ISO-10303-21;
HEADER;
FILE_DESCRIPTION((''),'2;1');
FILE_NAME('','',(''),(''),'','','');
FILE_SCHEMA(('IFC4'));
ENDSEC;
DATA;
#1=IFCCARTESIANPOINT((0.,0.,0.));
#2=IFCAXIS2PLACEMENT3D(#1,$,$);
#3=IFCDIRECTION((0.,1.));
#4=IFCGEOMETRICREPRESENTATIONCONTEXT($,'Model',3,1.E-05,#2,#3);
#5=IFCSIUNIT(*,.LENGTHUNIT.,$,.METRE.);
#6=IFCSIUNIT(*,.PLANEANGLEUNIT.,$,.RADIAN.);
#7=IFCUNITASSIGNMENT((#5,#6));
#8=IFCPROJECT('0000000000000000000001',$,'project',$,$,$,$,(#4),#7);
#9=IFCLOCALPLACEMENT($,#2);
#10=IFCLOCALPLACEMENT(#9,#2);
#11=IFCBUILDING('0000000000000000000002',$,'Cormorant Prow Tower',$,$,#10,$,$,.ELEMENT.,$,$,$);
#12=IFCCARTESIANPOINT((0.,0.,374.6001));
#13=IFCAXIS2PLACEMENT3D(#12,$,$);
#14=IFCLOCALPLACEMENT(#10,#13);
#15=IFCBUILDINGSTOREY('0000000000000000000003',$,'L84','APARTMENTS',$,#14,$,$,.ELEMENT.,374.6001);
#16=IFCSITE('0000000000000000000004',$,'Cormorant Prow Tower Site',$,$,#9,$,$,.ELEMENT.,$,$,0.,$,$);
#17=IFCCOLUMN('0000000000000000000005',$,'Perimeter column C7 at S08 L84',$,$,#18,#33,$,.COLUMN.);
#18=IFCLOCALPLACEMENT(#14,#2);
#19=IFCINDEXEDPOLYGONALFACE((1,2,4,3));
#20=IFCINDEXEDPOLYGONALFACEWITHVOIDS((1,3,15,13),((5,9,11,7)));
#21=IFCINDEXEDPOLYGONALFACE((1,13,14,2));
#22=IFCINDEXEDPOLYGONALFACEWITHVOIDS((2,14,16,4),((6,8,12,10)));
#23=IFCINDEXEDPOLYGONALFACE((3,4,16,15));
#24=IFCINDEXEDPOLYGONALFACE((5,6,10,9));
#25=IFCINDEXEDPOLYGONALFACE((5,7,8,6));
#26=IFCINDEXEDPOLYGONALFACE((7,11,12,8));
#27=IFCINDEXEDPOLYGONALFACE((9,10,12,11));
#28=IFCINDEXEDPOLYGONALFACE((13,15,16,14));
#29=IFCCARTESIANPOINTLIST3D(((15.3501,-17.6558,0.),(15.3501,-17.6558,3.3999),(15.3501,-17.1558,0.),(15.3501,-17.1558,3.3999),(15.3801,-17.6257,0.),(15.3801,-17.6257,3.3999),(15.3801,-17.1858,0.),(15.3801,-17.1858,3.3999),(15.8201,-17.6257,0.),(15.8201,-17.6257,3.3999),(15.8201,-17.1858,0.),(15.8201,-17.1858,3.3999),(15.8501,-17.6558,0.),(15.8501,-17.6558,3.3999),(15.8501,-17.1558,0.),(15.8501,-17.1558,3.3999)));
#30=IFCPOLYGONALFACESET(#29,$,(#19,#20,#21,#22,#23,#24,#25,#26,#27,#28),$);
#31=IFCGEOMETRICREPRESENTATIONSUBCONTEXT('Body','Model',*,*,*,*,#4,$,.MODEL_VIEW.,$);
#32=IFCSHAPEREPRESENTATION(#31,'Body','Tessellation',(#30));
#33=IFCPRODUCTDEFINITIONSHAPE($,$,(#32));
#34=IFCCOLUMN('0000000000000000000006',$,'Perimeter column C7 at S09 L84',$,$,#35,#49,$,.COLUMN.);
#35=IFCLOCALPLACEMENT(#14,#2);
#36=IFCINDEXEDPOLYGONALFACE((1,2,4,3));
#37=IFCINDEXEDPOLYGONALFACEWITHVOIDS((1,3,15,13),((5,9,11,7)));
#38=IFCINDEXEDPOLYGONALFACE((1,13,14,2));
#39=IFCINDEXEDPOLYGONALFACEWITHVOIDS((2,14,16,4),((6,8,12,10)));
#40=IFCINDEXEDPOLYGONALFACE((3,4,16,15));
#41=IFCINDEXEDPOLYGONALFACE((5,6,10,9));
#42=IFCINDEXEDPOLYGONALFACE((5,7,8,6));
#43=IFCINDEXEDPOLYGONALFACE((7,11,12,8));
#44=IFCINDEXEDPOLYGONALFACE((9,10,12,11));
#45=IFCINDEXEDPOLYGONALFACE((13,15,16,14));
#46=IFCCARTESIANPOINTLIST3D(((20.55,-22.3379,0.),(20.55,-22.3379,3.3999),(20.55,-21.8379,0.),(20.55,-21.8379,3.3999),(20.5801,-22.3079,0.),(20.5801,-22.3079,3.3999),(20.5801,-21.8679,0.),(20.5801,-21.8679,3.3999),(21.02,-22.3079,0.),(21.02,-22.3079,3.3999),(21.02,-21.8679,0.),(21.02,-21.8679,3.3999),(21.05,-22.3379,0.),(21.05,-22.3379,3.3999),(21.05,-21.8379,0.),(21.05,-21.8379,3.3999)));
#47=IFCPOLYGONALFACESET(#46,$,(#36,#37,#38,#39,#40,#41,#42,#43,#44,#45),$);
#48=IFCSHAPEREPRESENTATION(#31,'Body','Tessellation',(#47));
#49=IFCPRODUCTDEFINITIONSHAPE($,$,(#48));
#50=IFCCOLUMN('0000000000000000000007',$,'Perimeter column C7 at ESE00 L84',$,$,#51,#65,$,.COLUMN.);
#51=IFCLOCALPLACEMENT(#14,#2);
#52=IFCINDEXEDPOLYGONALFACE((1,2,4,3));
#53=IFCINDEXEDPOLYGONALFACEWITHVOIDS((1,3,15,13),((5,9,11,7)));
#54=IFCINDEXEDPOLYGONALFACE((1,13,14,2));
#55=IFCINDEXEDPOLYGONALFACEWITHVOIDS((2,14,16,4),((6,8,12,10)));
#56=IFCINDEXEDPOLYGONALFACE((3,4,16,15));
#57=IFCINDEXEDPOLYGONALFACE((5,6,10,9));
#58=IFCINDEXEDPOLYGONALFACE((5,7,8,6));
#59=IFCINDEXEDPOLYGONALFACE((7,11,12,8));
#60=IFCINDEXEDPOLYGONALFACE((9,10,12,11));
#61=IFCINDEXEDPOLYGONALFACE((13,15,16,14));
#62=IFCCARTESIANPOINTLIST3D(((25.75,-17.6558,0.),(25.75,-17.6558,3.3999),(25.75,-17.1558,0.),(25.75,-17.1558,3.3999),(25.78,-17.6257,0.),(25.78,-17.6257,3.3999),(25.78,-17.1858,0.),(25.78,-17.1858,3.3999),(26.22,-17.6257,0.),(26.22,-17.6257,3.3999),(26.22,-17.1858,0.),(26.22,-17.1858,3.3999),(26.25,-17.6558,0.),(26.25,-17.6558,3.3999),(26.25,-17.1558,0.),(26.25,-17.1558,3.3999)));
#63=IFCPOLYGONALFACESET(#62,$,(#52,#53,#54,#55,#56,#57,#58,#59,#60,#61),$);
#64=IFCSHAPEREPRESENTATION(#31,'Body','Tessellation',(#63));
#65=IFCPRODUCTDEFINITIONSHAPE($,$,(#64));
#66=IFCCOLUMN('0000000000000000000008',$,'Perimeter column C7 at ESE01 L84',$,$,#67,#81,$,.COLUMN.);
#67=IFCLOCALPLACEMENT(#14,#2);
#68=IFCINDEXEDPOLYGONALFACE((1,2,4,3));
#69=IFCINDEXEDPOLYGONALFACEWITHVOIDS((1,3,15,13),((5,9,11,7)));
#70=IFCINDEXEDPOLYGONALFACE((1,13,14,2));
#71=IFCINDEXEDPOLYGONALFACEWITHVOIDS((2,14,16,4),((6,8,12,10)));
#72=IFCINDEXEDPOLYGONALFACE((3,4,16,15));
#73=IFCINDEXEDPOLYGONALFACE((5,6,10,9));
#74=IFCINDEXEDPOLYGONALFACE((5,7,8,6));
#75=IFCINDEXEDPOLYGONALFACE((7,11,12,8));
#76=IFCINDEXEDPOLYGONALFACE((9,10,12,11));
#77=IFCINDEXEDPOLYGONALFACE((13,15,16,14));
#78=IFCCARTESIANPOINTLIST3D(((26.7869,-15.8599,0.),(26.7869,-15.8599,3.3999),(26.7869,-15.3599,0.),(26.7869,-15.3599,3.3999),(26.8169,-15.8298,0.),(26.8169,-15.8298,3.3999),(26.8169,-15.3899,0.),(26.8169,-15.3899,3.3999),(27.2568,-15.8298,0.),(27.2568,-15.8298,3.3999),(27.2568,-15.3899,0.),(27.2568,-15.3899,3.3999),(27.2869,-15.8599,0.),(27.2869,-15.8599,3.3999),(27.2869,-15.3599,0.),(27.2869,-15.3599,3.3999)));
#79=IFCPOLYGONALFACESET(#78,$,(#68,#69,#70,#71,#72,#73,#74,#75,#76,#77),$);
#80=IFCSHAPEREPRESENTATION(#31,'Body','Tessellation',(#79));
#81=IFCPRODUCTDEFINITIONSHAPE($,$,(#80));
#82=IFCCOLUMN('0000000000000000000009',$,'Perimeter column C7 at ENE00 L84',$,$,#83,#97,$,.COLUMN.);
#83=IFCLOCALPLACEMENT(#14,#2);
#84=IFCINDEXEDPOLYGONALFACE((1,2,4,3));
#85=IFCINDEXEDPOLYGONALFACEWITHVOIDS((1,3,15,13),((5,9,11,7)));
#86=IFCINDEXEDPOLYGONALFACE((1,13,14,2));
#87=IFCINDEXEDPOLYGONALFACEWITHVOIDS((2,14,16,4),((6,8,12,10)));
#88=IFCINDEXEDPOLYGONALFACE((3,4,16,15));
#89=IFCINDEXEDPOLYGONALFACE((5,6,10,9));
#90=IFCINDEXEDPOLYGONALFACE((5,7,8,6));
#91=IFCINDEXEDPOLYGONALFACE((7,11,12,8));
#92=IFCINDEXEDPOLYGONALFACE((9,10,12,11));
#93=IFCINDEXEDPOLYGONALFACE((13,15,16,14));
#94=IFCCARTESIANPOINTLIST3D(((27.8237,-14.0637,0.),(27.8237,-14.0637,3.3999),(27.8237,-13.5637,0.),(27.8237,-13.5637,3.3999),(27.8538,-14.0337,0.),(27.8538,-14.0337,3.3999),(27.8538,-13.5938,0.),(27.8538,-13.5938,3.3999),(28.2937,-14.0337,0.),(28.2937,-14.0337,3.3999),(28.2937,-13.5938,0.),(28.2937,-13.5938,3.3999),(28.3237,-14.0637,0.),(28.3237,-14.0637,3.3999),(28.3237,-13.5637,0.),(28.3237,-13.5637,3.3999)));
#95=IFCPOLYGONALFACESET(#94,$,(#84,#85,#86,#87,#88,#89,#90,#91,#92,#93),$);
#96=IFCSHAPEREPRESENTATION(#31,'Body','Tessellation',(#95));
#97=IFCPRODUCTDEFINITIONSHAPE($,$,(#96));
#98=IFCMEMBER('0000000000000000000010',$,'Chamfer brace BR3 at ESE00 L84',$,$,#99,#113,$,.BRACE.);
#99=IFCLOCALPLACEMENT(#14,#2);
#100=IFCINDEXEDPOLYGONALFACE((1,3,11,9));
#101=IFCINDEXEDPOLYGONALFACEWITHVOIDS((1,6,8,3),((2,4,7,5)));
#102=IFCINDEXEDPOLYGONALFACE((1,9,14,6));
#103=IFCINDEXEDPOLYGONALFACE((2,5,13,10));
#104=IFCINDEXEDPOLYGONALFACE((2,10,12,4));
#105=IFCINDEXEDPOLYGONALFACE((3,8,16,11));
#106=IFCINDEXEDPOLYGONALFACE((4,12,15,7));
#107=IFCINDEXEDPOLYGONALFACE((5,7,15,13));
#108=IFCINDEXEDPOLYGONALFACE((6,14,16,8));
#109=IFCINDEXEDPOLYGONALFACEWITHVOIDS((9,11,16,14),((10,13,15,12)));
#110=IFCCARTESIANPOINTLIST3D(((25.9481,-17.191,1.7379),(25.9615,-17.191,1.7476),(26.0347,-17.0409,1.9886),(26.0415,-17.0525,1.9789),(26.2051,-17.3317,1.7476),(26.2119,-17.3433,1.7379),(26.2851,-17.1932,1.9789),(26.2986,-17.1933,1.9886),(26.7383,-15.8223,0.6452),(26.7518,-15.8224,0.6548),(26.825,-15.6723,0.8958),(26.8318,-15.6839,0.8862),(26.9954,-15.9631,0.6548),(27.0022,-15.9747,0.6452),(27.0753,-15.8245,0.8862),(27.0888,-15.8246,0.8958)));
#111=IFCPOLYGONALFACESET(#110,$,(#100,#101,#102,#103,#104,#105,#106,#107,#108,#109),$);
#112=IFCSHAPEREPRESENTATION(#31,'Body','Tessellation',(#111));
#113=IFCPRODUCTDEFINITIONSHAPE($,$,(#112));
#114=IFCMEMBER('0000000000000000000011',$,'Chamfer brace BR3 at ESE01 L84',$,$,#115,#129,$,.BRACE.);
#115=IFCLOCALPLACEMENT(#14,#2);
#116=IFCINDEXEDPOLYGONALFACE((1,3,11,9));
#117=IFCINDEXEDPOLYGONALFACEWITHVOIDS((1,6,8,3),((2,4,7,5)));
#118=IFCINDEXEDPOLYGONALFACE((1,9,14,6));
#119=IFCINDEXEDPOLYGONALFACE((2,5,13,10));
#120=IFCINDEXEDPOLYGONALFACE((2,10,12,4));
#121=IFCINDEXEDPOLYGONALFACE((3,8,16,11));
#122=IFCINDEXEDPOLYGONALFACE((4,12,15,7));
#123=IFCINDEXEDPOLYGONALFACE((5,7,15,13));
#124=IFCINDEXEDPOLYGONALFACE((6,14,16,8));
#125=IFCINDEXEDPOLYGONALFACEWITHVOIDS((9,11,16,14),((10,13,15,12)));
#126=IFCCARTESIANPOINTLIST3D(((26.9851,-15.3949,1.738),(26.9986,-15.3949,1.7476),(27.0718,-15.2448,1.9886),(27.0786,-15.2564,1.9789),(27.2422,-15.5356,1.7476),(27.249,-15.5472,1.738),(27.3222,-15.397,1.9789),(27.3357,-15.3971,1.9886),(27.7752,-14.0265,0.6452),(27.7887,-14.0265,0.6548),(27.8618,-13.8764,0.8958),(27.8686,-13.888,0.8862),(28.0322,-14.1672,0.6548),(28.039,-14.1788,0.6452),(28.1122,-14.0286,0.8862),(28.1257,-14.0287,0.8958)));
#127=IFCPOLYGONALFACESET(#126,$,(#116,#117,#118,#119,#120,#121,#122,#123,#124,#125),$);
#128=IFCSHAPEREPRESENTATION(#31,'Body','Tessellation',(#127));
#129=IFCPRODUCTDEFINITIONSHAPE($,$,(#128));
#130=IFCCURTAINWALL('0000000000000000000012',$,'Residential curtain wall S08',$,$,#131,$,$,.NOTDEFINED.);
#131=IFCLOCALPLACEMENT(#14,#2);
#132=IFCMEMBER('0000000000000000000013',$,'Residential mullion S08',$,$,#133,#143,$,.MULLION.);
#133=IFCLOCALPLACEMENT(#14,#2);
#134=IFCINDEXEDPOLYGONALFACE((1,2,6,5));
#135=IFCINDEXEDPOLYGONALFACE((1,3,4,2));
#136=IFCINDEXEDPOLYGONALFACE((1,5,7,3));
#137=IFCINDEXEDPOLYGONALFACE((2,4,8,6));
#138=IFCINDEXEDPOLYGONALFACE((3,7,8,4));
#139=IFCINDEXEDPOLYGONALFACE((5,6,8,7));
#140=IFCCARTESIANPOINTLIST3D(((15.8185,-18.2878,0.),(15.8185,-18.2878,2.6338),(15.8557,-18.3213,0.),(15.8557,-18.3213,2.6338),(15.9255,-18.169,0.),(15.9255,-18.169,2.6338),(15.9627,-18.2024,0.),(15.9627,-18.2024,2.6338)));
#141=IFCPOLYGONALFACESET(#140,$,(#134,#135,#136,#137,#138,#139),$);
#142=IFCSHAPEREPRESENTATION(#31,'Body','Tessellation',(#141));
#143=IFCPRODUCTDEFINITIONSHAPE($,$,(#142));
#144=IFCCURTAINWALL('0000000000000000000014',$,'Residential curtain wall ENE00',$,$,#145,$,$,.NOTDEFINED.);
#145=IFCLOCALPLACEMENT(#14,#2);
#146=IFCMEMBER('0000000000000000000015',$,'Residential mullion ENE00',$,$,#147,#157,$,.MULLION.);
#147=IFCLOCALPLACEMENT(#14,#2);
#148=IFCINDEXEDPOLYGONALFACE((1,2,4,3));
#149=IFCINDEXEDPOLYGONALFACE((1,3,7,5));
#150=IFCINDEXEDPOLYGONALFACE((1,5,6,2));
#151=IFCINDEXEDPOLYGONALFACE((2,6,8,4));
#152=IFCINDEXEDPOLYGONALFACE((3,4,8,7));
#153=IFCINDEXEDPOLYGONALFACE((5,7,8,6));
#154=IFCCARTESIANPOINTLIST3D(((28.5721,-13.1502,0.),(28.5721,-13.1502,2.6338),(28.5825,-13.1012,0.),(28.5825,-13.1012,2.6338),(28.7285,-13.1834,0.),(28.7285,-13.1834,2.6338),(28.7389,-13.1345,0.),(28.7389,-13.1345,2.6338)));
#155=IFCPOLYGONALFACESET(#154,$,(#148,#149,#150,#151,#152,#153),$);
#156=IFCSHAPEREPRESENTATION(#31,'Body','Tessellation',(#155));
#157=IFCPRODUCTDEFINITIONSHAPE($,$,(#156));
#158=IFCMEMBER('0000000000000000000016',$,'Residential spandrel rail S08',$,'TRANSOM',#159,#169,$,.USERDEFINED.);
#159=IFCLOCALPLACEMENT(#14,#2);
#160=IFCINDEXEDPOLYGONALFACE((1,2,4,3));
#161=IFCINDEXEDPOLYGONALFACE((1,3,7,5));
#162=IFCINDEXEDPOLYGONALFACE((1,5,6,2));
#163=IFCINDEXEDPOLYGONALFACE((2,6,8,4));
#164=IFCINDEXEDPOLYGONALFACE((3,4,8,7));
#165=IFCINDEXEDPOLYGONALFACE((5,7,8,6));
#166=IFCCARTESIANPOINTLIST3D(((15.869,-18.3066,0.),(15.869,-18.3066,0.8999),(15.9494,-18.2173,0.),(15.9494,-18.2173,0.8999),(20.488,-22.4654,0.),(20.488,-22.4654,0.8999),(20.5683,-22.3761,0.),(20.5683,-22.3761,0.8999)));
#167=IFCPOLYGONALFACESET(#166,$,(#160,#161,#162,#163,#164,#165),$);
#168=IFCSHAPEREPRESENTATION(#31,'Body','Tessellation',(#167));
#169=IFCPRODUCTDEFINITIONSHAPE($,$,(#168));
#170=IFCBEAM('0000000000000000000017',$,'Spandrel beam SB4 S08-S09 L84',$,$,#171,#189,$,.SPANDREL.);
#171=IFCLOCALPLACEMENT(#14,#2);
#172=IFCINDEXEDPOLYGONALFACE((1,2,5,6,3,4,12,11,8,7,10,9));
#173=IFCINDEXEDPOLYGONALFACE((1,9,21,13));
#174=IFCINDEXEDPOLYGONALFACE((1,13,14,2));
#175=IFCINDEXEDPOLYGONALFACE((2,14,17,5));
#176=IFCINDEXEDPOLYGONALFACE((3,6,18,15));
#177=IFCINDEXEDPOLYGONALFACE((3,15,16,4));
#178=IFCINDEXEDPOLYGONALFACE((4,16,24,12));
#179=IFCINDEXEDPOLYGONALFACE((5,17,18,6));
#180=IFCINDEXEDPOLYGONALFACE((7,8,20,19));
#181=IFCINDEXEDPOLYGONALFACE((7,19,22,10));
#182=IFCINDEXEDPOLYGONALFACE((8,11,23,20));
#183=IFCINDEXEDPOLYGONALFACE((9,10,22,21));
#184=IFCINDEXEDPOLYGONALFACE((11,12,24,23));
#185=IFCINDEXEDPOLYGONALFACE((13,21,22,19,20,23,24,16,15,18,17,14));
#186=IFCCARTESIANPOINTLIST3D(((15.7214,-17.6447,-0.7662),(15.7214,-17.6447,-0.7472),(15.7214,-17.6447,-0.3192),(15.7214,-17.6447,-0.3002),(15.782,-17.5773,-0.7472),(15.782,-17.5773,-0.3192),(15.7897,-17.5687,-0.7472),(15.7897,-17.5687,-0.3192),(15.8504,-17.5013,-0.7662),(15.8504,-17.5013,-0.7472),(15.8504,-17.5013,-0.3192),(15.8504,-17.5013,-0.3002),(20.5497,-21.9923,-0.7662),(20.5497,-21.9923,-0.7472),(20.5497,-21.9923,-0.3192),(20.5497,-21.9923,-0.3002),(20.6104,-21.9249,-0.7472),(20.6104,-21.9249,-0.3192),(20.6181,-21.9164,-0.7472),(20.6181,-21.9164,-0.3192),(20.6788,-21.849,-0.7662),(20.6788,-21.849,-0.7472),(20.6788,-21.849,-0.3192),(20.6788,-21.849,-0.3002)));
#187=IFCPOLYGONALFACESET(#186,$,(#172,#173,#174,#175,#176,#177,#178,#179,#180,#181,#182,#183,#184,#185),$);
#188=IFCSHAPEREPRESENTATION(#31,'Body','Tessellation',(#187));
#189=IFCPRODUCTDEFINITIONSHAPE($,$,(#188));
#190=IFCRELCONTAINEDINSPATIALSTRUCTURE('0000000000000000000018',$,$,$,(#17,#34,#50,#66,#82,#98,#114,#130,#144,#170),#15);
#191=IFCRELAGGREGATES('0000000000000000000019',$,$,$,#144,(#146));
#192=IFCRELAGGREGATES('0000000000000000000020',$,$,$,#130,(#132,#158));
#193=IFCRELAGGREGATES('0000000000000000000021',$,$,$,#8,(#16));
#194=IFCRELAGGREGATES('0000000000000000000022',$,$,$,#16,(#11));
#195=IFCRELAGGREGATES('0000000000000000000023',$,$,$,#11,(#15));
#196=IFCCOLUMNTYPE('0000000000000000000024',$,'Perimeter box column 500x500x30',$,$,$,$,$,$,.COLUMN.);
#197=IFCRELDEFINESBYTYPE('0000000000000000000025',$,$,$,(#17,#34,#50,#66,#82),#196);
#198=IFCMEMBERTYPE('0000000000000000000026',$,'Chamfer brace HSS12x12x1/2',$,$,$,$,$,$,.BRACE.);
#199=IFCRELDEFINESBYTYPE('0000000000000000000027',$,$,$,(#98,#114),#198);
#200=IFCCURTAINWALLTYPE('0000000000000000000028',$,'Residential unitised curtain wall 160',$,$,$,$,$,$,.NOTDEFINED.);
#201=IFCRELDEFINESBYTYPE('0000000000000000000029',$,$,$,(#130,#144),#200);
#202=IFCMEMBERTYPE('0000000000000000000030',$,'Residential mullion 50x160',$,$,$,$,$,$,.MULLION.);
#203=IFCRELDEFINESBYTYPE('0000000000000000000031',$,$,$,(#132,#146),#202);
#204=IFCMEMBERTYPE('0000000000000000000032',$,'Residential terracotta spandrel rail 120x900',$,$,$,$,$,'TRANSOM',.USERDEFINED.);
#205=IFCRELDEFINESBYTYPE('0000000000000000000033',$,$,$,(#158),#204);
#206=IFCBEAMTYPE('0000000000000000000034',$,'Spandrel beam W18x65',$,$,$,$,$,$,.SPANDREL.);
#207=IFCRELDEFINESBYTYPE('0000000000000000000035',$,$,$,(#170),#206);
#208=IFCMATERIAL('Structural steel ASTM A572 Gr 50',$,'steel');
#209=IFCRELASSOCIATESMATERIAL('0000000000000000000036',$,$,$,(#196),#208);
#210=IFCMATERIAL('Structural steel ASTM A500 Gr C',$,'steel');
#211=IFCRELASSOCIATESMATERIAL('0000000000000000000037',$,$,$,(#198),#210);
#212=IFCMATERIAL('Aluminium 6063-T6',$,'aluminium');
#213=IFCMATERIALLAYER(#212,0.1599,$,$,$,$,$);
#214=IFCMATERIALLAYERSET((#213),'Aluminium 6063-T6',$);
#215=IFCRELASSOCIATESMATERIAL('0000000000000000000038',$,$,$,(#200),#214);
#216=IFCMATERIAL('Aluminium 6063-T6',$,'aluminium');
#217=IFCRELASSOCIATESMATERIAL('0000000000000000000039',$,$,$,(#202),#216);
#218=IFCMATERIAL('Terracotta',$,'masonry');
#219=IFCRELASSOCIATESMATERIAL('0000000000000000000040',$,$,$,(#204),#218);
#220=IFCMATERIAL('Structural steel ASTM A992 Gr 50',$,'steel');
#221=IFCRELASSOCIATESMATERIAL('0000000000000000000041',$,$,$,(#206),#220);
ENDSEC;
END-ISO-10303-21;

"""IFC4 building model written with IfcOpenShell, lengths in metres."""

from ifc_helpers import new_model, si_unit, direction, frame, origin, origin_2d, place, context, subcontext, project, spatial, rectangle, hollow_rectangle, i_section, extrude, material, layer, layer_set, material_profile, profile_set, type_object, element, aggregate, save


model = new_model("IFC4")

# Units and contexts
model_context = context("Model", 3, precision=1e-05, world=origin(), true_north=direction((0.0, 1.0)))
body_context = subcontext(model_context, "Body", "Model", "MODEL_VIEW")
ifc_project = project(units=[si_unit("LENGTHUNIT", "METRE"), si_unit("PLANEANGLEUNIT", "RADIAN")], contexts=[model_context])

# Site, building, storey
site_placement = place(None, origin())
site = spatial("IfcSite", under=ifc_project, at=site_placement, Name="Cormorant Prow Tower Site", CompositionType="ELEMENT", RefElevation=0.0)
building_placement = place(site_placement, origin())
building = spatial("IfcBuilding", under=site, at=building_placement, Name="Cormorant Prow Tower", CompositionType="ELEMENT")
storey_placement = place(building_placement, frame((0.0, 0.0, 374.6001)))
storey = spatial("IfcBuildingStorey", under=building, at=storey_placement, Name="L84", Description="APARTMENTS", CompositionType="ELEMENT", Elevation=374.6001)

# Columns
ifc_material_1 = material(Name="Structural steel ASTM A572 Gr 50", Category="steel")
ifc_material_profile_1 = material_profile(ifc_material_1, hollow_rectangle(XDim=0.5, YDim=0.5, WallThickness=0.03, at=origin_2d()), Name="Box 500x500x30")
ifc_profile_set_1 = profile_set([ifc_material_profile_1], Name="Structural steel ASTM A572 Gr 50")
column_type = type_object("IfcColumnType", Name="Perimeter box column 500x500x30", PredefinedType="COLUMN", material=ifc_profile_set_1)
for number, where, z_axis, x_axis, name in (
    (1, (15.6001, -17.4058, 0.0), (0.0, 0.0, 1.0), (1.0, 0.0, 0.0), "Perimeter column C7 at S08 L84"),
    (2, (20.8, -22.0879, 0.0), (0.0, 0.0, 1.0), (1.0, 0.0, 0.0), "Perimeter column C7 at S09 L84"),
    (3, (26.0, -17.4058, 0.0), (0.0, 0.0, 1.0), (1.0, 0.0, 0.0), "Perimeter column C7 at ESE00 L84"),
    (4, (27.0369, -15.6099, 0.0), (0.0, 0.0, 1.0), (1.0, 0.0, 0.0), "Perimeter column C7 at ESE01 L84"),
    (5, (28.0737, -13.8137, 0.0), (0.0, 0.0, 1.0), (1.0, 0.0, 0.0), "Perimeter column C7 at ENE00 L84"),
):
    element("IfcColumn", number, at=place(storey_placement, frame(where, z_axis=z_axis, x_axis=x_axis)), inside=storey, type_object=column_type, Name=name, PredefinedType="COLUMN", context=body_context, shape_type="SweptSolid", body=[
        extrude(hollow_rectangle(XDim=0.5, YDim=0.5, WallThickness=0.03, at=origin_2d()), origin(), (0.0, 0.0, 1.0), 3.3999),
    ])

# Members
ifc_material_2 = material(Name="Structural steel ASTM A500 Gr C", Category="steel")
ifc_material_profile_2 = material_profile(ifc_material_2, hollow_rectangle(XDim=0.3047, YDim=0.3047, WallThickness=0.0117, at=origin_2d()), Name="HSS12x12x1/2")
ifc_profile_set_2 = profile_set([ifc_material_profile_2], Name="Structural steel ASTM A500 Gr C")
member_type_1 = type_object("IfcMemberType", Name="Chamfer brace HSS12x12x1/2", PredefinedType="BRACE", material=ifc_profile_set_2)
member_1_placement = place(storey_placement, frame((26.9136, -15.8235, 0.7705), z_axis=(-0.411299, -0.712308, 0.568728), x_axis=(0.866, -0.500043, 0.0)))
element("IfcMember", 6, at=member_1_placement, inside=storey, type_object=member_type_1, Name="Chamfer brace BR3 at ESE00 L84", PredefinedType="BRACE", context=body_context, shape_type="SweptSolid", body=[
    extrude(hollow_rectangle(XDim=0.3047, YDim=0.3047, WallThickness=0.0117, at=origin_2d()), origin(), (0.0, 0.0, 1.0), 1.9214),
])
member_2_placement = place(storey_placement, frame((27.9504, -14.0276, 0.7705), z_axis=(-0.41123, -0.712282, 0.568809), x_axis=(0.866029, -0.499994, 0.0)))
element("IfcMember", 7, at=member_2_placement, inside=storey, type_object=member_type_1, Name="Chamfer brace BR3 at ESE01 L84", PredefinedType="BRACE", context=body_context, shape_type="SweptSolid", body=[
    extrude(hollow_rectangle(XDim=0.3047, YDim=0.3047, WallThickness=0.0117, at=origin_2d()), origin(), (0.0, 0.0, 1.0), 1.9211),
])

# Curtain walls, members
ifc_material_3 = material(Name="Aluminium 6063-T6", Category="aluminium")
ifc_layer_1 = layer(ifc_material_3, 0.1599)
ifc_layer_set_1 = layer_set([ifc_layer_1], Name="Aluminium 6063-T6")
curtain_wall_type = type_object("IfcCurtainWallType", Name="Residential unitised curtain wall 160", PredefinedType="NOTDEFINED", material=ifc_layer_set_1)
curtain_wall_1_placement = place(storey_placement, origin())
curtain_wall_1 = element("IfcCurtainWall", 8, at=curtain_wall_1_placement, inside=storey, type_object=curtain_wall_type, Name="Residential curtain wall S08", PredefinedType="NOTDEFINED")
ifc_material_4 = material(Name="Aluminium 6063-T6", Category="aluminium")
ifc_material_profile_3 = material_profile(ifc_material_4, rectangle(XDim=0.1599, YDim=0.05, at=origin_2d()), Name="Residential mullion 50x160")
ifc_profile_set_3 = profile_set([ifc_material_profile_3], Name="Aluminium 6063-T6")
member_type_2 = type_object("IfcMemberType", Name="Residential mullion 50x160", PredefinedType="MULLION", material=ifc_profile_set_3)
member_3_placement = place(storey_placement, frame((15.8906, -18.2451, 0.0), z_axis=(0.0, 0.0, 1.0), x_axis=(0.669131, 0.743145, 0.0)))
member_3 = element("IfcMember", 9, at=member_3_placement, type_object=member_type_2, Name="Residential mullion S08", PredefinedType="MULLION", context=body_context, shape_type="SweptSolid", body=[
    extrude(rectangle(XDim=0.1599, YDim=0.05, at=origin_2d()), origin(), (0.0, 0.0, 1.0), 2.6338),
])
curtain_wall_2_placement = place(storey_placement, origin())
curtain_wall_2 = element("IfcCurtainWall", 10, at=curtain_wall_2_placement, inside=storey, type_object=curtain_wall_type, Name="Residential curtain wall ENE00", PredefinedType="NOTDEFINED")
member_4_placement = place(storey_placement, frame((28.6555, -13.1423, 0.0), z_axis=(0.0, 0.0, 1.0), x_axis=(-0.978148, 0.207912, 0.0)))
member_4 = element("IfcMember", 11, at=member_4_placement, type_object=member_type_2, Name="Residential mullion ENE00", PredefinedType="MULLION", context=body_context, shape_type="SweptSolid", body=[
    extrude(rectangle(XDim=0.1599, YDim=0.05, at=origin_2d()), origin(), (0.0, 0.0, 1.0), 2.6338),
])
aggregate(curtain_wall_2, [member_4])

# Member
ifc_material_5 = material(Name="Terracotta", Category="masonry")
ifc_material_profile_4 = material_profile(ifc_material_5, rectangle(XDim=0.1201, YDim=0.8999, at=origin_2d()), Name="Residential terracotta spandrel rail 120x900")
ifc_profile_set_4 = profile_set([ifc_material_profile_4], Name="Terracotta")
member_type_3 = type_object("IfcMemberType", Name="Residential terracotta spandrel rail 120x900", ElementType="TRANSOM", PredefinedType="USERDEFINED", material=ifc_profile_set_4)
member_5_placement = place(storey_placement, frame((15.9092, -18.262, 0.45), z_axis=(0.743159, -0.669114, 0.0), x_axis=(0.669114, 0.743159, 0.0)))
member_5 = element("IfcMember", 12, at=member_5_placement, type_object=member_type_3, Name="Residential spandrel rail S08", ObjectType="TRANSOM", PredefinedType="USERDEFINED", context=body_context, shape_type="SweptSolid", body=[
    extrude(rectangle(XDim=0.1201, YDim=0.8999, at=origin_2d()), origin(), (0.0, 0.0, 1.0), 6.2153),
])

# Beam
ifc_material_6 = material(Name="Structural steel ASTM A992 Gr 50", Category="steel")
ifc_material_profile_5 = material_profile(ifc_material_6, i_section(OverallWidth=0.1929, OverallDepth=0.4661, WebThickness=0.0115, FlangeThickness=0.019, at=origin_2d()), Name="W18x65")
ifc_profile_set_5 = profile_set([ifc_material_profile_5], Name="Structural steel ASTM A992 Gr 50")
beam_type = type_object("IfcBeamType", Name="Spandrel beam W18x65", PredefinedType="SPANDREL", material=ifc_profile_set_5)
for number, where, z_axis, x_axis, name in (
    (13, (15.7859, -17.573, -0.5332), (0.743132, -0.669145, 0.0), (0.669145, 0.743132, 0.0), "Spandrel beam SB4 S08-S09 L84"),
):
    element("IfcBeam", number, at=place(storey_placement, frame(where, z_axis=z_axis, x_axis=x_axis)), inside=storey, type_object=beam_type, Name=name, PredefinedType="SPANDREL", context=body_context, shape_type="SweptSolid", body=[
        extrude(i_section(OverallWidth=0.1929, OverallDepth=0.4661, WebThickness=0.0115, FlangeThickness=0.019, at=origin_2d()), origin(), (0.0, 0.0, 1.0), 6.4973),
    ])

aggregate(curtain_wall_1, [member_3, member_5])

save(model, "model.ifc")
